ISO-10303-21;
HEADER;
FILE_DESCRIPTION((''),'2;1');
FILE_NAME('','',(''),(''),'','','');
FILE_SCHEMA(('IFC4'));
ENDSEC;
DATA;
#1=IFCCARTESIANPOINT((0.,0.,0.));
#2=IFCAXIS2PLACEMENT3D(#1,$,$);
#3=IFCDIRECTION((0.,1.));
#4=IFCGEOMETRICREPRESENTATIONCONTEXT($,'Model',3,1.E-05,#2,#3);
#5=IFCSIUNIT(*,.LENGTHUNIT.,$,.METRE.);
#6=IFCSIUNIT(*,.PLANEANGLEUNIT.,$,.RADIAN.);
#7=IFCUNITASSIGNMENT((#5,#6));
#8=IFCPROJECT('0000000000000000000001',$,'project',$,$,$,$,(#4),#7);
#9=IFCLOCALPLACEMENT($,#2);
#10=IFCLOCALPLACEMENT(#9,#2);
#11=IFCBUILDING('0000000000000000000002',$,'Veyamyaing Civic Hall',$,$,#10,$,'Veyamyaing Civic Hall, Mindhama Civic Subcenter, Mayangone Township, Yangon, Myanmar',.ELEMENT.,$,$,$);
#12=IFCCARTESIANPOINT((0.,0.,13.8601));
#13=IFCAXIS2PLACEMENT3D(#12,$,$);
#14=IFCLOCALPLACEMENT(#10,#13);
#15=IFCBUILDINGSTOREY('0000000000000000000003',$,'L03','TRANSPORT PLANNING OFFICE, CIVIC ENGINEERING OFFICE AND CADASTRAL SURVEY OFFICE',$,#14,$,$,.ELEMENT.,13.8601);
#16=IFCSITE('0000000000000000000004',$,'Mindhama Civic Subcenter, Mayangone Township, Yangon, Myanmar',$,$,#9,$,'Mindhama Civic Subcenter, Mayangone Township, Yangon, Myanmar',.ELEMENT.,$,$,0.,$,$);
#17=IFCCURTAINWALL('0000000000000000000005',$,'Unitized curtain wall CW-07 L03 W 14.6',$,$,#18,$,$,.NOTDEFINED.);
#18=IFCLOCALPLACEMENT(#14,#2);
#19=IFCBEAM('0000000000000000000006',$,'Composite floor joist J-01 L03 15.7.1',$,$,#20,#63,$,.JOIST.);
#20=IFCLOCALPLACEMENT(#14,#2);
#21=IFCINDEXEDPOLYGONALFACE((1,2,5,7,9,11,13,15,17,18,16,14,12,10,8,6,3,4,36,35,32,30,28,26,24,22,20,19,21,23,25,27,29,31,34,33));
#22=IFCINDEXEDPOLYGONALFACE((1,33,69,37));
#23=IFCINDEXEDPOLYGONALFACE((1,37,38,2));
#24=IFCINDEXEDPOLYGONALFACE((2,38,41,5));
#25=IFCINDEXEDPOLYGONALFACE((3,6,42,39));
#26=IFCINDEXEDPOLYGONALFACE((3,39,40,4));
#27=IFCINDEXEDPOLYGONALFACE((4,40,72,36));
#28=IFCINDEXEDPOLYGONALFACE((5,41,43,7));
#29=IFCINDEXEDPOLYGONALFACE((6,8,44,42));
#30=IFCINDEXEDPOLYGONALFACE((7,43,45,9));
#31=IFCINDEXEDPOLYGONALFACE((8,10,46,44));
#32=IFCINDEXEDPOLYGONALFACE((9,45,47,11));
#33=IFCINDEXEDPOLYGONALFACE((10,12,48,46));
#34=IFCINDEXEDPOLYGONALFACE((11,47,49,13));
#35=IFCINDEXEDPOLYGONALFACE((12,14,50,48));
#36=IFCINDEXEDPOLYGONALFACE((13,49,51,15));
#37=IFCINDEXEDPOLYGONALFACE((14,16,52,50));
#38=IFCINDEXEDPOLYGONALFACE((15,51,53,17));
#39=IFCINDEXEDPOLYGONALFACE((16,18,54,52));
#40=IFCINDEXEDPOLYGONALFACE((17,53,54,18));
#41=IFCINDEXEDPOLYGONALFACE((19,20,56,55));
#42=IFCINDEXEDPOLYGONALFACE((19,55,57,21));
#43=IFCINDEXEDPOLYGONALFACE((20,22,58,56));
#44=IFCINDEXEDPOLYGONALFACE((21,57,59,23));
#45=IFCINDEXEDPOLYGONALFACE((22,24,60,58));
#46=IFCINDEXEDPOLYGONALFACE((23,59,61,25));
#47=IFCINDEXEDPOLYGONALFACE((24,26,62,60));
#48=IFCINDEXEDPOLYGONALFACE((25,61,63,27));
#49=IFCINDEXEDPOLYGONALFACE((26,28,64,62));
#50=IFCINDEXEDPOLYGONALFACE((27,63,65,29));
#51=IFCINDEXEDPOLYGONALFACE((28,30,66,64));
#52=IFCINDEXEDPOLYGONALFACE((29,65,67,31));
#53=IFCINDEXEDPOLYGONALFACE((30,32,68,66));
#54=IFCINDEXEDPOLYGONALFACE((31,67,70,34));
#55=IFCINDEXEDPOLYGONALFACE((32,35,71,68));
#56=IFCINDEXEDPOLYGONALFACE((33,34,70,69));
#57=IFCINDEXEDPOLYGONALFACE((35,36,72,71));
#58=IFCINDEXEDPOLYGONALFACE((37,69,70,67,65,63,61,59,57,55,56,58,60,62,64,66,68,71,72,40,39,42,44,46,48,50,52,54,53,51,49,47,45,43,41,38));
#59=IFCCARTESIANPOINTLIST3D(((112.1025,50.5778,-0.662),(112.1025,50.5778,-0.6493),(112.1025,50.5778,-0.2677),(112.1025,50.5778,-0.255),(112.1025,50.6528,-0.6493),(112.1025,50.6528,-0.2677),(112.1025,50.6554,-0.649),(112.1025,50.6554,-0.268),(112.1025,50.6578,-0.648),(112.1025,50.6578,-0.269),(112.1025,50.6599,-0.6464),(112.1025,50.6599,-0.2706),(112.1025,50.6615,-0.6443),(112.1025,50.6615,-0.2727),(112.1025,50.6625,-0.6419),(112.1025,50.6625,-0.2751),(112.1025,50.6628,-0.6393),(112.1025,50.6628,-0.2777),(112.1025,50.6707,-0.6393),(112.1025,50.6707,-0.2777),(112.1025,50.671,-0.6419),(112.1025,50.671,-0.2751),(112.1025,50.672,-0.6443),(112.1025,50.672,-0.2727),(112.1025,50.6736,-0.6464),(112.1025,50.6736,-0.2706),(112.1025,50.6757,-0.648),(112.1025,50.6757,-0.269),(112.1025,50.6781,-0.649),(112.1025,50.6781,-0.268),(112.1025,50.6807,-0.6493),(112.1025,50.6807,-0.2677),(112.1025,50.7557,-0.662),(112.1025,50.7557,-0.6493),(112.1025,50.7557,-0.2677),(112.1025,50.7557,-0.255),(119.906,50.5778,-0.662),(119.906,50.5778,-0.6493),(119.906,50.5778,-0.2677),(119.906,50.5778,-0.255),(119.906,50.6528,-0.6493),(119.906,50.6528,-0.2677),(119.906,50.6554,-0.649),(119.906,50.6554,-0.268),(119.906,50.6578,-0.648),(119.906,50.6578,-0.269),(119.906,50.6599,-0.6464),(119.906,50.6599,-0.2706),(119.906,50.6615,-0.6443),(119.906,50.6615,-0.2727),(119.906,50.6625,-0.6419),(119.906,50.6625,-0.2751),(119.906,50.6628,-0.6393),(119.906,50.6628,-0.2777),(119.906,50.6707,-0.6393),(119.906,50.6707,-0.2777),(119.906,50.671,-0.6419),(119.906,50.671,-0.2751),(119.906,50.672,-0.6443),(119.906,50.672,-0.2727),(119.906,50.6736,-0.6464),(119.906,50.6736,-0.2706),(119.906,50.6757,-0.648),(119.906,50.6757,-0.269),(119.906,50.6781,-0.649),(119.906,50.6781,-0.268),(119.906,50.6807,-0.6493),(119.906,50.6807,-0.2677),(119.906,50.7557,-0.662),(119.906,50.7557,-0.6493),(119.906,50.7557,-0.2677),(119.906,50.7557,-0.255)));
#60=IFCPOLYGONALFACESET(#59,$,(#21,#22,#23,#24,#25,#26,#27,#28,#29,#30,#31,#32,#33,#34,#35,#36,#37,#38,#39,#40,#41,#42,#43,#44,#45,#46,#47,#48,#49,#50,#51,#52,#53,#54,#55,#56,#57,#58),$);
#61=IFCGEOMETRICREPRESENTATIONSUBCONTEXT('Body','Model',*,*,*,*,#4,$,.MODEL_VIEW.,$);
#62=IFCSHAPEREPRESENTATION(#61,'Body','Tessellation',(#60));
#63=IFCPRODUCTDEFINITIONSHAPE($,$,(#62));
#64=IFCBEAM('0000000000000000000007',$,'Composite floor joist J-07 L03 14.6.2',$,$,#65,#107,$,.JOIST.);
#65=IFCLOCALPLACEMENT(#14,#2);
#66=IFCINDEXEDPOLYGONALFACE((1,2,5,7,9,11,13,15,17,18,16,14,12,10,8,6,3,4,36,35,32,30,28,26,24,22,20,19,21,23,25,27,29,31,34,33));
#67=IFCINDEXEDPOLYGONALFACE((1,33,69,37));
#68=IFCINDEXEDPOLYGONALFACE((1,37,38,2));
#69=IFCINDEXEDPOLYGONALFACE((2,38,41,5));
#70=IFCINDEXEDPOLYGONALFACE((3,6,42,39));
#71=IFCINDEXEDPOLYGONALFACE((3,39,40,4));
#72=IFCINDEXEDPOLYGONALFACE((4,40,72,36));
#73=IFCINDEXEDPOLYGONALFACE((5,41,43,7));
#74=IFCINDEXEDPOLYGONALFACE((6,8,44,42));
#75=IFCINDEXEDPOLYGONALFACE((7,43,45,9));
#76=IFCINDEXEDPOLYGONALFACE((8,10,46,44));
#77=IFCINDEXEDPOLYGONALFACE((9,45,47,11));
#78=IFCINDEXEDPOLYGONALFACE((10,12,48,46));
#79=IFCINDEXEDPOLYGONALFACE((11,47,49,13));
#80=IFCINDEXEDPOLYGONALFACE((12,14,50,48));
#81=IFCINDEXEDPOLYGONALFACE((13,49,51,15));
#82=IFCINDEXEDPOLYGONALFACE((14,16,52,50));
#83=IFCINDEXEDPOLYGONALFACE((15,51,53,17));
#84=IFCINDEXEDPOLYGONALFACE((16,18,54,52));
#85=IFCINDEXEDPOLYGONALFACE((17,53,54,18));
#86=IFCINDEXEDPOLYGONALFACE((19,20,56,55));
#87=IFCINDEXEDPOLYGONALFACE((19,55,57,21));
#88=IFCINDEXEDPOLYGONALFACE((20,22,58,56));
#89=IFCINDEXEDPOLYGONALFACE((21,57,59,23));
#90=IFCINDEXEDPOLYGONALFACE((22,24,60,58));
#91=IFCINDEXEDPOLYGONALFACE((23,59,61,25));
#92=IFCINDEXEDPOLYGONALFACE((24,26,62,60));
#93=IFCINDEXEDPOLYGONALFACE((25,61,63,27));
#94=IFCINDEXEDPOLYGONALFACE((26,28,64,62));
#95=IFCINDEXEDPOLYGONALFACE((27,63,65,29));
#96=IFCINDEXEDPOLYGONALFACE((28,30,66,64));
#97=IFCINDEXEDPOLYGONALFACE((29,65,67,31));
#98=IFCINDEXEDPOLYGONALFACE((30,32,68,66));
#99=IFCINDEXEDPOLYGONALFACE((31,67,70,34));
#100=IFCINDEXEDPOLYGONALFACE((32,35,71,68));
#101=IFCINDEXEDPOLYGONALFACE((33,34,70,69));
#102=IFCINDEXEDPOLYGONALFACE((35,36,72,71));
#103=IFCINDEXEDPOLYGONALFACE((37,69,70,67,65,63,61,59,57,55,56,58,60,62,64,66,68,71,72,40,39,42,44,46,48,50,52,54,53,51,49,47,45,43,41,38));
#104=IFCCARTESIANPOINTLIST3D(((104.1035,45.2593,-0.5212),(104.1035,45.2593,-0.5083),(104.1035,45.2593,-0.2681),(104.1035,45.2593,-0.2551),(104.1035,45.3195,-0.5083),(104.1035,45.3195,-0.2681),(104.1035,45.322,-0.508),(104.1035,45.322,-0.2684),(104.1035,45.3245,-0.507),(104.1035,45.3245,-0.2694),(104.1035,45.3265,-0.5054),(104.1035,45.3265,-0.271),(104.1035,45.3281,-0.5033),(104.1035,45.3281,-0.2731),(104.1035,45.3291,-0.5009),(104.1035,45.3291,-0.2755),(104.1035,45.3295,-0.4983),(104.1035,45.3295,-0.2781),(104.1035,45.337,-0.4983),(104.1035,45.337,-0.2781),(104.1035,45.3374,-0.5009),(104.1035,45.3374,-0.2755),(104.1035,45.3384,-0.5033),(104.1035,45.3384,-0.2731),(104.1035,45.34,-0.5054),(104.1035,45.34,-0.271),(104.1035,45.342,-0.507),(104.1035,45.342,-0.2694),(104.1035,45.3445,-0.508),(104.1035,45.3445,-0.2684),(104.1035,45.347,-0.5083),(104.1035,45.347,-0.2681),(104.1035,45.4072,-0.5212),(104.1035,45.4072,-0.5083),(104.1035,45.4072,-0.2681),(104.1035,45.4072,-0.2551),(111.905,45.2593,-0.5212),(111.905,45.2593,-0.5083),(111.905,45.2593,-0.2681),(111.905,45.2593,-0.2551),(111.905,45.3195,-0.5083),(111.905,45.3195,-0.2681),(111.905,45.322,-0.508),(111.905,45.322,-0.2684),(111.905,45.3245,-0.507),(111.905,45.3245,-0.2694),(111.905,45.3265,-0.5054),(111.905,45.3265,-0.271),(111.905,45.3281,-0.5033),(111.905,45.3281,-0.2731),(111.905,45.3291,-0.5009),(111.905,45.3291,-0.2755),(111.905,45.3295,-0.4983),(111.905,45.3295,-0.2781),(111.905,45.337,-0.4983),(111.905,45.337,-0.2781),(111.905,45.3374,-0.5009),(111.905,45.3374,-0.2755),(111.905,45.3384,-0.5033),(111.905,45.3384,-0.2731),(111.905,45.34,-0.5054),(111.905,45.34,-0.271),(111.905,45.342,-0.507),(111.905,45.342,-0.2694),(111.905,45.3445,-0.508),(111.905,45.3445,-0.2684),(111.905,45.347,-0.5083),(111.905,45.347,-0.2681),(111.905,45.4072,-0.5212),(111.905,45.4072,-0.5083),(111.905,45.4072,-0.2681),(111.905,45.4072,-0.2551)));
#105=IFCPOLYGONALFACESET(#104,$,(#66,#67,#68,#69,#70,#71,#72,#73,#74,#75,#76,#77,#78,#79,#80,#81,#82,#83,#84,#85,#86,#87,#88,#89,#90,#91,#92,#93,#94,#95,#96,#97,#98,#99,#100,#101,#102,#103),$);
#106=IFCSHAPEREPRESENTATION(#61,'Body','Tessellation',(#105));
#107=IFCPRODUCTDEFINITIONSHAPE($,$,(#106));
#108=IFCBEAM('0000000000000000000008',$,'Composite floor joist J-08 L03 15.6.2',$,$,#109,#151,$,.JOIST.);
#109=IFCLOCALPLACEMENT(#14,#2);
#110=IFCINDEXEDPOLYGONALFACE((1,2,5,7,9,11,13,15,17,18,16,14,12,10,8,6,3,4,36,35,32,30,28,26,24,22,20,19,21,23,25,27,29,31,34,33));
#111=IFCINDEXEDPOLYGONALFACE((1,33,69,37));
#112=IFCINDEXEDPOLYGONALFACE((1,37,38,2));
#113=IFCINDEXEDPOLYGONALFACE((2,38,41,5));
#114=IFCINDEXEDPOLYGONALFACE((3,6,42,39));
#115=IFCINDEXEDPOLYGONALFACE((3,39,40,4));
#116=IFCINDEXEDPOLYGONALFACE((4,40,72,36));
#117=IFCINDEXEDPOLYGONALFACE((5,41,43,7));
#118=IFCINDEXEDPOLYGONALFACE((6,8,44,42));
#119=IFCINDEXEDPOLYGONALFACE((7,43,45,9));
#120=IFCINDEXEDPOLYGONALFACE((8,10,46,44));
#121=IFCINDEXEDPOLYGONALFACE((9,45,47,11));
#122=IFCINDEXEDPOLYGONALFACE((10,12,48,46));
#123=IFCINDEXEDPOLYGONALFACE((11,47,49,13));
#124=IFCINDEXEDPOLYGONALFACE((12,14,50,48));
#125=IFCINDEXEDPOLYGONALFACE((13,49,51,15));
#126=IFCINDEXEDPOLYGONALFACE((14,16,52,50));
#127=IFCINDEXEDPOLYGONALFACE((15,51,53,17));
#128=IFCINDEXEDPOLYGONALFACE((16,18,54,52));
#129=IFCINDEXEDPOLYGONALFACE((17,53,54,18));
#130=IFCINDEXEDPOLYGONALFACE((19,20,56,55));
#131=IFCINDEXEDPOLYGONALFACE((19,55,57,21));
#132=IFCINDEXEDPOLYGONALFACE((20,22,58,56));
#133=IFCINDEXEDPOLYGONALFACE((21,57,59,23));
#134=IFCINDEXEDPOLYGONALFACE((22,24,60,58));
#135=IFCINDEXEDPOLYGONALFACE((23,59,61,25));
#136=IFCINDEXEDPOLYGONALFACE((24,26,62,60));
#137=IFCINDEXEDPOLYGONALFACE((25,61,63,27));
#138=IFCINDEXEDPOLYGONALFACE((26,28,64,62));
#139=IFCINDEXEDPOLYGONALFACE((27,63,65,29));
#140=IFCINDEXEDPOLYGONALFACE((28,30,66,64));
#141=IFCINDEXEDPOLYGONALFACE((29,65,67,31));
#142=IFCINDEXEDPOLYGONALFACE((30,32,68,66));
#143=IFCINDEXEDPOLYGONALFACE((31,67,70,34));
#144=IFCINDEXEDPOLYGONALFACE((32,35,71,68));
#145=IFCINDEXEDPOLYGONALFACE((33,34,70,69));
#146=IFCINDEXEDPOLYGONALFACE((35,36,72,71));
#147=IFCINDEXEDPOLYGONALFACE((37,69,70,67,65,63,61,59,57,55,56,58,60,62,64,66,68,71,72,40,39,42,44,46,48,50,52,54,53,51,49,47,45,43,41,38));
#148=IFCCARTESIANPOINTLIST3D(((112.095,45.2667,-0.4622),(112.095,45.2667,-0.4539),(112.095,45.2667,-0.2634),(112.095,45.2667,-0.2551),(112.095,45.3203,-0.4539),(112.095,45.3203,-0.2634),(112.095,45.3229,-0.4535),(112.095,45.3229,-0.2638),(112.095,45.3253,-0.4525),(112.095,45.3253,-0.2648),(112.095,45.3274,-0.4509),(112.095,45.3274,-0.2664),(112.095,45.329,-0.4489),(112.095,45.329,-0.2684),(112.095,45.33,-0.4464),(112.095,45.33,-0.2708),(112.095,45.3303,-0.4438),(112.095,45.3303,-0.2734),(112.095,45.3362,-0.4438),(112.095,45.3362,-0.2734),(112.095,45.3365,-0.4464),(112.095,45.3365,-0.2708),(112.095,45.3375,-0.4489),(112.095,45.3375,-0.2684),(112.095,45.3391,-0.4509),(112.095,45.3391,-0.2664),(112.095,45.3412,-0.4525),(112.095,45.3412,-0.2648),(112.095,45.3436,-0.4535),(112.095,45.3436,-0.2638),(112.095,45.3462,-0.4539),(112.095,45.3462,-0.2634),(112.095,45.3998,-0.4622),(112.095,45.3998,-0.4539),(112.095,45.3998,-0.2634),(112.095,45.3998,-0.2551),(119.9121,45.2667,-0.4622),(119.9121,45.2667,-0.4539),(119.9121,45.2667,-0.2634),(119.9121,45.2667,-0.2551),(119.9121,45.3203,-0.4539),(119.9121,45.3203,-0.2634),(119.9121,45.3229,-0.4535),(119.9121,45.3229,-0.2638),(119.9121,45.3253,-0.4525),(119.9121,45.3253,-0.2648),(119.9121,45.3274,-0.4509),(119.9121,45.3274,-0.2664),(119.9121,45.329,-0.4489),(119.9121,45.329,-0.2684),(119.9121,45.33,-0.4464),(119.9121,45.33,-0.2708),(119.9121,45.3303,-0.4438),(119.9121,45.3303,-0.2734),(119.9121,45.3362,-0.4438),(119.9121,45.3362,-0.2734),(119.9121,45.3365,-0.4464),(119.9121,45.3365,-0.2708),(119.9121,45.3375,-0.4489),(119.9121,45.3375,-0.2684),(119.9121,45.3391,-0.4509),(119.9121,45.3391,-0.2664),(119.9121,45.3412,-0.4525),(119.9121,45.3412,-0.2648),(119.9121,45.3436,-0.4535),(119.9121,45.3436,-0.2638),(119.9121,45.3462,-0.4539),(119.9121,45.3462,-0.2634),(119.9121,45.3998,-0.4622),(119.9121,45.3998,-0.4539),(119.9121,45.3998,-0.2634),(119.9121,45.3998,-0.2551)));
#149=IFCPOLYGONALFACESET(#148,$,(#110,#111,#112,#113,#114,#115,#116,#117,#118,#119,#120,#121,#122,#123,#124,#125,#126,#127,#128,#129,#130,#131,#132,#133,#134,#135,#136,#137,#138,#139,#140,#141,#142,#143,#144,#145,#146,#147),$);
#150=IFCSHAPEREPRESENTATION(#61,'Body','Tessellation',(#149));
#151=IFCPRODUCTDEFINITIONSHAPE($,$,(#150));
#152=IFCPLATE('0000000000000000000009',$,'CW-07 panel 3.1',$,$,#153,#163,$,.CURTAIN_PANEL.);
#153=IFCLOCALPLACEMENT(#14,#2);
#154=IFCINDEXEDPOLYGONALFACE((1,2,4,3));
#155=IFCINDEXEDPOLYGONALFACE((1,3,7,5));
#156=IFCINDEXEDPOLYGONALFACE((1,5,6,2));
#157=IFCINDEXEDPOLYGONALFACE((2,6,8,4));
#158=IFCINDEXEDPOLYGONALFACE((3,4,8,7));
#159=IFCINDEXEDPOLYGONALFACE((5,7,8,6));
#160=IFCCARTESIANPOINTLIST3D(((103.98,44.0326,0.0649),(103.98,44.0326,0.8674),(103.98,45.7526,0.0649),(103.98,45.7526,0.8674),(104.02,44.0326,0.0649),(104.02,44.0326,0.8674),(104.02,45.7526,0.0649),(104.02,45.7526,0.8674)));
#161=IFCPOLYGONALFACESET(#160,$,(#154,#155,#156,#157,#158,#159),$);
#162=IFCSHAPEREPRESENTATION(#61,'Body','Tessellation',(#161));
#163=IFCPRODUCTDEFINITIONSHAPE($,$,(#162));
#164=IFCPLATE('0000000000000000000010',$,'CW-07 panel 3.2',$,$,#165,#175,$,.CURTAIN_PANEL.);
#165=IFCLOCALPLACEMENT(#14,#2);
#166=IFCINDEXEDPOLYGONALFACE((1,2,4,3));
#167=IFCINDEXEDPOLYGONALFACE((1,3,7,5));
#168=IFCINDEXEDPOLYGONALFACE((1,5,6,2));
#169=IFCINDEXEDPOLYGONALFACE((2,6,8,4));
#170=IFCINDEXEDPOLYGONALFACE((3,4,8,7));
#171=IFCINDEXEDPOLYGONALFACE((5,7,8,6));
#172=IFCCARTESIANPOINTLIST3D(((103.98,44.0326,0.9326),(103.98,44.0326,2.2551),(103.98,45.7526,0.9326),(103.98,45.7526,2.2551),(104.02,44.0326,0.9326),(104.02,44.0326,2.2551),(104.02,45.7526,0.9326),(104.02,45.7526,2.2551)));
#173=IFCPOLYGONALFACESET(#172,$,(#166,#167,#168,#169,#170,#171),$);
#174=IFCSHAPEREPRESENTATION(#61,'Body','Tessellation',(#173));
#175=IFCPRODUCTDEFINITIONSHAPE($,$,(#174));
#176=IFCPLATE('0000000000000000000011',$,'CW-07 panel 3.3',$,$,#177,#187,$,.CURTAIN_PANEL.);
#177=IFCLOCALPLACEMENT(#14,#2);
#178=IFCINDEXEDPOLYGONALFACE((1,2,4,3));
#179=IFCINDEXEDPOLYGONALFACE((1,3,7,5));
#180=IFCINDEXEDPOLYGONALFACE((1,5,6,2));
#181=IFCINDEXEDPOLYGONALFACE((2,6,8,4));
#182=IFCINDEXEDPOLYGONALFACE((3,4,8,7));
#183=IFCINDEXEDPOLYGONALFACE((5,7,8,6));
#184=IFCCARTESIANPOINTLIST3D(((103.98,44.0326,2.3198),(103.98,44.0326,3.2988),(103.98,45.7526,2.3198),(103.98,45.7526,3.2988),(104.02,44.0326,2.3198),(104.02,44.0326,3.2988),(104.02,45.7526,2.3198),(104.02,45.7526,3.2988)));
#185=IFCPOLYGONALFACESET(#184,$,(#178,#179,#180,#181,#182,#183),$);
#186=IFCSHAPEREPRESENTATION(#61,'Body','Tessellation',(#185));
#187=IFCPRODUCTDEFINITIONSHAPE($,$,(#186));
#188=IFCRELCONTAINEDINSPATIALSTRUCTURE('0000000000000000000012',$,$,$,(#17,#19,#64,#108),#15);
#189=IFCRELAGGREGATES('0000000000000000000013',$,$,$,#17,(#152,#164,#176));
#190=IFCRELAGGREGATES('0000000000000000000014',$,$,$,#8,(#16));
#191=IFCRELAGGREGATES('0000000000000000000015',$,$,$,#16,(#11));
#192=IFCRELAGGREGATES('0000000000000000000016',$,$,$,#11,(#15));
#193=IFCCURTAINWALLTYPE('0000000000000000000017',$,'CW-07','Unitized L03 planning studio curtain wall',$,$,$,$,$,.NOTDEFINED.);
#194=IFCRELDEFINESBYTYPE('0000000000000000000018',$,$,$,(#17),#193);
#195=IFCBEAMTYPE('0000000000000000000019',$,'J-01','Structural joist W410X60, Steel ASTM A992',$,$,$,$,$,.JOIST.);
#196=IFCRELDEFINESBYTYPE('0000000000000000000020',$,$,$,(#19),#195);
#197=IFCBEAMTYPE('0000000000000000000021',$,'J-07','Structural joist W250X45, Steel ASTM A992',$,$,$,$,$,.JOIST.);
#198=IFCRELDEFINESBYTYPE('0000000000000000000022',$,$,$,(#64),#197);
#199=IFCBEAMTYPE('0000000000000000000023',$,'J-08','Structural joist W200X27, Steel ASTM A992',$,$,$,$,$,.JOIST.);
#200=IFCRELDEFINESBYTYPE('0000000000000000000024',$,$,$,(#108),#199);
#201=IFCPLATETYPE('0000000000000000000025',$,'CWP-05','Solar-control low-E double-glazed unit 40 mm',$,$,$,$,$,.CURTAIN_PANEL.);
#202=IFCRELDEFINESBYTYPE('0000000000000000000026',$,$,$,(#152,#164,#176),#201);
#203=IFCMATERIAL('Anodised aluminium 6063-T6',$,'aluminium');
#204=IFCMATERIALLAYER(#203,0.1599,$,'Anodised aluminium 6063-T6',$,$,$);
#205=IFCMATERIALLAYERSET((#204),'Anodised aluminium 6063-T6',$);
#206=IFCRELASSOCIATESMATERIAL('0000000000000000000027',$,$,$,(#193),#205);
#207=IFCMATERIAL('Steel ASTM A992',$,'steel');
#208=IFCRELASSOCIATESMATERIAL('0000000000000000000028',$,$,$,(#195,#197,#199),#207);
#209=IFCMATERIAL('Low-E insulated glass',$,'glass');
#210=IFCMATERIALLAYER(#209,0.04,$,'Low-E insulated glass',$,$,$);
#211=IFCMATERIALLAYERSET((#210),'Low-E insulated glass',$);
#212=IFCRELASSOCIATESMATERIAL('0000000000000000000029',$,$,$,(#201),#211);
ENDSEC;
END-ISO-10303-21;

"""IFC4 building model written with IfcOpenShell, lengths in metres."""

from ifc_helpers import new_model, si_unit, direction, frame, origin, origin_2d, place, context, subcontext, project, spatial, rectangle, i_section, extrude, material, layer, layer_set, material_profile, profile_set, type_object, element, aggregate, save


model = new_model("IFC4")

# Units and contexts
model_context = context("Model", 3, precision=1e-05, world=origin(), true_north=direction((0.0, 1.0)))
body_context = subcontext(model_context, "Body", "Model", "MODEL_VIEW")
ifc_project = project(units=[si_unit("LENGTHUNIT", "METRE"), si_unit("PLANEANGLEUNIT", "RADIAN")], contexts=[model_context])

# Site, building, storey
site_placement = place(None, origin())
site = spatial("IfcSite", under=ifc_project, at=site_placement, Name="Mindhama Civic Subcenter, Mayangone Township, Yangon, Myanmar", LongName="Mindhama Civic Subcenter, Mayangone Township, Yangon, Myanmar", CompositionType="ELEMENT", RefElevation=0.0)
building_placement = place(site_placement, origin())
building = spatial("IfcBuilding", under=site, at=building_placement, Name="Veyamyaing Civic Hall", LongName="Veyamyaing Civic Hall, Mindhama Civic Subcenter, Mayangone Township, Yangon, Myanmar", CompositionType="ELEMENT")
storey_placement = place(building_placement, frame((0.0, 0.0, 13.8601)))
storey = spatial("IfcBuildingStorey", under=building, at=storey_placement, Name="L03", Description="TRANSPORT PLANNING OFFICE, CIVIC ENGINEERING OFFICE AND CADASTRAL SURVEY OFFICE", CompositionType="ELEMENT", Elevation=13.8601)

# Shared definitions
ifc_material_1 = material(Name="Steel ASTM A992", Category="steel")

# Curtain wall
ifc_material_2 = material(Name="Anodised aluminium 6063-T6", Category="aluminium")
ifc_layer_1 = layer(ifc_material_2, 0.1599, Name="Anodised aluminium 6063-T6")
ifc_layer_set_1 = layer_set([ifc_layer_1], Name="Anodised aluminium 6063-T6")
curtain_wall_type = type_object("IfcCurtainWallType", Name="CW-07", Description="Unitized L03 planning studio curtain wall", PredefinedType="NOTDEFINED", material=ifc_layer_set_1)
curtain_wall_placement = place(storey_placement, origin())
curtain_wall = element("IfcCurtainWall", 1, at=curtain_wall_placement, inside=storey, type_object=curtain_wall_type, Name="Unitized curtain wall CW-07 L03 W 14.6", PredefinedType="NOTDEFINED")

# Beams
ifc_material_profile_1 = material_profile(ifc_material_1, i_section(OverallWidth=0.178, OverallDepth=0.407, WebThickness=0.0078, FlangeThickness=0.0127, FilletRadius=0.01, at=origin_2d()), Name="W410X60")
ifc_profile_set_1 = profile_set([ifc_material_profile_1], Name="Steel ASTM A992")
beam_type_1 = type_object("IfcBeamType", Name="J-01", Description="Structural joist W410X60, Steel ASTM A992", PredefinedType="JOIST", material=ifc_profile_set_1)
beam_1_placement = place(storey_placement, frame((112.1025, 50.6667, -0.4585), z_axis=(1.0, 0.0, 0.0), x_axis=(0.0, 1.0, 0.0)))
element("IfcBeam", 2, at=beam_1_placement, inside=storey, type_object=beam_type_1, Name="Composite floor joist J-01 L03 15.7.1", PredefinedType="JOIST", context=body_context, shape_type="SweptSolid", body=[
    extrude(i_section(OverallWidth=0.178, OverallDepth=0.407, WebThickness=0.0078, FlangeThickness=0.0127, FilletRadius=0.01, at=origin_2d()), origin(), (0.0, 0.0, 1.0), 7.8035),
])
ifc_material_profile_2 = material_profile(ifc_material_1, i_section(OverallWidth=0.1479, OverallDepth=0.2661, WebThickness=0.0076, FlangeThickness=0.0129, FilletRadius=0.01, at=origin_2d()), Name="W250X45")
ifc_profile_set_2 = profile_set([ifc_material_profile_2], Name="Steel ASTM A992")
beam_type_2 = type_object("IfcBeamType", Name="J-07", Description="Structural joist W250X45, Steel ASTM A992", PredefinedType="JOIST", material=ifc_profile_set_2)
beam_2_placement = place(storey_placement, frame((104.1035, 45.3333, -0.3882), z_axis=(1.0, 0.0, 0.0), x_axis=(0.0, 1.0, 0.0)))
element("IfcBeam", 3, at=beam_2_placement, inside=storey, type_object=beam_type_2, Name="Composite floor joist J-07 L03 14.6.2", PredefinedType="JOIST", context=body_context, shape_type="SweptSolid", body=[
    extrude(i_section(OverallWidth=0.1479, OverallDepth=0.2661, WebThickness=0.0076, FlangeThickness=0.0129, FilletRadius=0.01, at=origin_2d()), origin(), (0.0, 0.0, 1.0), 7.8015),
])
ifc_material_profile_3 = material_profile(ifc_material_1, i_section(OverallWidth=0.1331, OverallDepth=0.207, WebThickness=0.0059, FlangeThickness=0.0083, FilletRadius=0.01, at=origin_2d()), Name="W200X27")
ifc_profile_set_3 = profile_set([ifc_material_profile_3], Name="Steel ASTM A992")
beam_type_3 = type_object("IfcBeamType", Name="J-08", Description="Structural joist W200X27, Steel ASTM A992", PredefinedType="JOIST", material=ifc_profile_set_3)
beam_3_placement = place(storey_placement, frame((112.095, 45.3333, -0.3586), z_axis=(1.0, 0.0, 0.0), x_axis=(0.0, 1.0, 0.0)))
element("IfcBeam", 4, at=beam_3_placement, inside=storey, type_object=beam_type_3, Name="Composite floor joist J-08 L03 15.6.2", PredefinedType="JOIST", context=body_context, shape_type="SweptSolid", body=[
    extrude(i_section(OverallWidth=0.1331, OverallDepth=0.207, WebThickness=0.0059, FlangeThickness=0.0083, FilletRadius=0.01, at=origin_2d()), origin(), (0.0, 0.0, 1.0), 7.8171),
])

# Plates
ifc_material_3 = material(Name="Low-E insulated glass", Category="glass")
ifc_layer_2 = layer(ifc_material_3, 0.04, Name="Low-E insulated glass")
ifc_layer_set_2 = layer_set([ifc_layer_2], Name="Low-E insulated glass")
plate_type = type_object("IfcPlateType", Name="CWP-05", Description="Solar-control low-E double-glazed unit 40 mm", PredefinedType="CURTAIN_PANEL", material=ifc_layer_set_2)
plate_1_placement = place(storey_placement, frame((104.0, 44.8926, 0.0649), z_axis=(0.0, 0.0, 1.0), x_axis=(0.0, 1.0, 0.0)))
plate_1 = element("IfcPlate", 5, at=plate_1_placement, type_object=plate_type, Name="CW-07 panel 3.1", PredefinedType="CURTAIN_PANEL", context=body_context, shape_type="SweptSolid", body=[
    extrude(rectangle(XDim=1.72, YDim=0.04, at=origin_2d()), origin(), (0.0, 0.0, 1.0), 0.8025),
])
plate_2_placement = place(storey_placement, frame((104.0, 44.8926, 0.9326), z_axis=(0.0, 0.0, 1.0), x_axis=(0.0, 1.0, 0.0)))
plate_2 = element("IfcPlate", 6, at=plate_2_placement, type_object=plate_type, Name="CW-07 panel 3.2", PredefinedType="CURTAIN_PANEL", context=body_context, shape_type="SweptSolid", body=[
    extrude(rectangle(XDim=1.72, YDim=0.04, at=origin_2d()), origin(), (0.0, 0.0, 1.0), 1.3225),
])
plate_3_placement = place(storey_placement, frame((104.0, 44.8926, 2.3198), z_axis=(0.0, 0.0, 1.0), x_axis=(0.0, 1.0, 0.0)))
plate_3 = element("IfcPlate", 7, at=plate_3_placement, type_object=plate_type, Name="CW-07 panel 3.3", PredefinedType="CURTAIN_PANEL", context=body_context, shape_type="SweptSolid", body=[
    extrude(rectangle(XDim=1.72, YDim=0.04, at=origin_2d()), origin(), (0.0, 0.0, 1.0), 0.979),
])
aggregate(curtain_wall, [plate_1, plate_2, plate_3])

save(model, "model.ifc")
